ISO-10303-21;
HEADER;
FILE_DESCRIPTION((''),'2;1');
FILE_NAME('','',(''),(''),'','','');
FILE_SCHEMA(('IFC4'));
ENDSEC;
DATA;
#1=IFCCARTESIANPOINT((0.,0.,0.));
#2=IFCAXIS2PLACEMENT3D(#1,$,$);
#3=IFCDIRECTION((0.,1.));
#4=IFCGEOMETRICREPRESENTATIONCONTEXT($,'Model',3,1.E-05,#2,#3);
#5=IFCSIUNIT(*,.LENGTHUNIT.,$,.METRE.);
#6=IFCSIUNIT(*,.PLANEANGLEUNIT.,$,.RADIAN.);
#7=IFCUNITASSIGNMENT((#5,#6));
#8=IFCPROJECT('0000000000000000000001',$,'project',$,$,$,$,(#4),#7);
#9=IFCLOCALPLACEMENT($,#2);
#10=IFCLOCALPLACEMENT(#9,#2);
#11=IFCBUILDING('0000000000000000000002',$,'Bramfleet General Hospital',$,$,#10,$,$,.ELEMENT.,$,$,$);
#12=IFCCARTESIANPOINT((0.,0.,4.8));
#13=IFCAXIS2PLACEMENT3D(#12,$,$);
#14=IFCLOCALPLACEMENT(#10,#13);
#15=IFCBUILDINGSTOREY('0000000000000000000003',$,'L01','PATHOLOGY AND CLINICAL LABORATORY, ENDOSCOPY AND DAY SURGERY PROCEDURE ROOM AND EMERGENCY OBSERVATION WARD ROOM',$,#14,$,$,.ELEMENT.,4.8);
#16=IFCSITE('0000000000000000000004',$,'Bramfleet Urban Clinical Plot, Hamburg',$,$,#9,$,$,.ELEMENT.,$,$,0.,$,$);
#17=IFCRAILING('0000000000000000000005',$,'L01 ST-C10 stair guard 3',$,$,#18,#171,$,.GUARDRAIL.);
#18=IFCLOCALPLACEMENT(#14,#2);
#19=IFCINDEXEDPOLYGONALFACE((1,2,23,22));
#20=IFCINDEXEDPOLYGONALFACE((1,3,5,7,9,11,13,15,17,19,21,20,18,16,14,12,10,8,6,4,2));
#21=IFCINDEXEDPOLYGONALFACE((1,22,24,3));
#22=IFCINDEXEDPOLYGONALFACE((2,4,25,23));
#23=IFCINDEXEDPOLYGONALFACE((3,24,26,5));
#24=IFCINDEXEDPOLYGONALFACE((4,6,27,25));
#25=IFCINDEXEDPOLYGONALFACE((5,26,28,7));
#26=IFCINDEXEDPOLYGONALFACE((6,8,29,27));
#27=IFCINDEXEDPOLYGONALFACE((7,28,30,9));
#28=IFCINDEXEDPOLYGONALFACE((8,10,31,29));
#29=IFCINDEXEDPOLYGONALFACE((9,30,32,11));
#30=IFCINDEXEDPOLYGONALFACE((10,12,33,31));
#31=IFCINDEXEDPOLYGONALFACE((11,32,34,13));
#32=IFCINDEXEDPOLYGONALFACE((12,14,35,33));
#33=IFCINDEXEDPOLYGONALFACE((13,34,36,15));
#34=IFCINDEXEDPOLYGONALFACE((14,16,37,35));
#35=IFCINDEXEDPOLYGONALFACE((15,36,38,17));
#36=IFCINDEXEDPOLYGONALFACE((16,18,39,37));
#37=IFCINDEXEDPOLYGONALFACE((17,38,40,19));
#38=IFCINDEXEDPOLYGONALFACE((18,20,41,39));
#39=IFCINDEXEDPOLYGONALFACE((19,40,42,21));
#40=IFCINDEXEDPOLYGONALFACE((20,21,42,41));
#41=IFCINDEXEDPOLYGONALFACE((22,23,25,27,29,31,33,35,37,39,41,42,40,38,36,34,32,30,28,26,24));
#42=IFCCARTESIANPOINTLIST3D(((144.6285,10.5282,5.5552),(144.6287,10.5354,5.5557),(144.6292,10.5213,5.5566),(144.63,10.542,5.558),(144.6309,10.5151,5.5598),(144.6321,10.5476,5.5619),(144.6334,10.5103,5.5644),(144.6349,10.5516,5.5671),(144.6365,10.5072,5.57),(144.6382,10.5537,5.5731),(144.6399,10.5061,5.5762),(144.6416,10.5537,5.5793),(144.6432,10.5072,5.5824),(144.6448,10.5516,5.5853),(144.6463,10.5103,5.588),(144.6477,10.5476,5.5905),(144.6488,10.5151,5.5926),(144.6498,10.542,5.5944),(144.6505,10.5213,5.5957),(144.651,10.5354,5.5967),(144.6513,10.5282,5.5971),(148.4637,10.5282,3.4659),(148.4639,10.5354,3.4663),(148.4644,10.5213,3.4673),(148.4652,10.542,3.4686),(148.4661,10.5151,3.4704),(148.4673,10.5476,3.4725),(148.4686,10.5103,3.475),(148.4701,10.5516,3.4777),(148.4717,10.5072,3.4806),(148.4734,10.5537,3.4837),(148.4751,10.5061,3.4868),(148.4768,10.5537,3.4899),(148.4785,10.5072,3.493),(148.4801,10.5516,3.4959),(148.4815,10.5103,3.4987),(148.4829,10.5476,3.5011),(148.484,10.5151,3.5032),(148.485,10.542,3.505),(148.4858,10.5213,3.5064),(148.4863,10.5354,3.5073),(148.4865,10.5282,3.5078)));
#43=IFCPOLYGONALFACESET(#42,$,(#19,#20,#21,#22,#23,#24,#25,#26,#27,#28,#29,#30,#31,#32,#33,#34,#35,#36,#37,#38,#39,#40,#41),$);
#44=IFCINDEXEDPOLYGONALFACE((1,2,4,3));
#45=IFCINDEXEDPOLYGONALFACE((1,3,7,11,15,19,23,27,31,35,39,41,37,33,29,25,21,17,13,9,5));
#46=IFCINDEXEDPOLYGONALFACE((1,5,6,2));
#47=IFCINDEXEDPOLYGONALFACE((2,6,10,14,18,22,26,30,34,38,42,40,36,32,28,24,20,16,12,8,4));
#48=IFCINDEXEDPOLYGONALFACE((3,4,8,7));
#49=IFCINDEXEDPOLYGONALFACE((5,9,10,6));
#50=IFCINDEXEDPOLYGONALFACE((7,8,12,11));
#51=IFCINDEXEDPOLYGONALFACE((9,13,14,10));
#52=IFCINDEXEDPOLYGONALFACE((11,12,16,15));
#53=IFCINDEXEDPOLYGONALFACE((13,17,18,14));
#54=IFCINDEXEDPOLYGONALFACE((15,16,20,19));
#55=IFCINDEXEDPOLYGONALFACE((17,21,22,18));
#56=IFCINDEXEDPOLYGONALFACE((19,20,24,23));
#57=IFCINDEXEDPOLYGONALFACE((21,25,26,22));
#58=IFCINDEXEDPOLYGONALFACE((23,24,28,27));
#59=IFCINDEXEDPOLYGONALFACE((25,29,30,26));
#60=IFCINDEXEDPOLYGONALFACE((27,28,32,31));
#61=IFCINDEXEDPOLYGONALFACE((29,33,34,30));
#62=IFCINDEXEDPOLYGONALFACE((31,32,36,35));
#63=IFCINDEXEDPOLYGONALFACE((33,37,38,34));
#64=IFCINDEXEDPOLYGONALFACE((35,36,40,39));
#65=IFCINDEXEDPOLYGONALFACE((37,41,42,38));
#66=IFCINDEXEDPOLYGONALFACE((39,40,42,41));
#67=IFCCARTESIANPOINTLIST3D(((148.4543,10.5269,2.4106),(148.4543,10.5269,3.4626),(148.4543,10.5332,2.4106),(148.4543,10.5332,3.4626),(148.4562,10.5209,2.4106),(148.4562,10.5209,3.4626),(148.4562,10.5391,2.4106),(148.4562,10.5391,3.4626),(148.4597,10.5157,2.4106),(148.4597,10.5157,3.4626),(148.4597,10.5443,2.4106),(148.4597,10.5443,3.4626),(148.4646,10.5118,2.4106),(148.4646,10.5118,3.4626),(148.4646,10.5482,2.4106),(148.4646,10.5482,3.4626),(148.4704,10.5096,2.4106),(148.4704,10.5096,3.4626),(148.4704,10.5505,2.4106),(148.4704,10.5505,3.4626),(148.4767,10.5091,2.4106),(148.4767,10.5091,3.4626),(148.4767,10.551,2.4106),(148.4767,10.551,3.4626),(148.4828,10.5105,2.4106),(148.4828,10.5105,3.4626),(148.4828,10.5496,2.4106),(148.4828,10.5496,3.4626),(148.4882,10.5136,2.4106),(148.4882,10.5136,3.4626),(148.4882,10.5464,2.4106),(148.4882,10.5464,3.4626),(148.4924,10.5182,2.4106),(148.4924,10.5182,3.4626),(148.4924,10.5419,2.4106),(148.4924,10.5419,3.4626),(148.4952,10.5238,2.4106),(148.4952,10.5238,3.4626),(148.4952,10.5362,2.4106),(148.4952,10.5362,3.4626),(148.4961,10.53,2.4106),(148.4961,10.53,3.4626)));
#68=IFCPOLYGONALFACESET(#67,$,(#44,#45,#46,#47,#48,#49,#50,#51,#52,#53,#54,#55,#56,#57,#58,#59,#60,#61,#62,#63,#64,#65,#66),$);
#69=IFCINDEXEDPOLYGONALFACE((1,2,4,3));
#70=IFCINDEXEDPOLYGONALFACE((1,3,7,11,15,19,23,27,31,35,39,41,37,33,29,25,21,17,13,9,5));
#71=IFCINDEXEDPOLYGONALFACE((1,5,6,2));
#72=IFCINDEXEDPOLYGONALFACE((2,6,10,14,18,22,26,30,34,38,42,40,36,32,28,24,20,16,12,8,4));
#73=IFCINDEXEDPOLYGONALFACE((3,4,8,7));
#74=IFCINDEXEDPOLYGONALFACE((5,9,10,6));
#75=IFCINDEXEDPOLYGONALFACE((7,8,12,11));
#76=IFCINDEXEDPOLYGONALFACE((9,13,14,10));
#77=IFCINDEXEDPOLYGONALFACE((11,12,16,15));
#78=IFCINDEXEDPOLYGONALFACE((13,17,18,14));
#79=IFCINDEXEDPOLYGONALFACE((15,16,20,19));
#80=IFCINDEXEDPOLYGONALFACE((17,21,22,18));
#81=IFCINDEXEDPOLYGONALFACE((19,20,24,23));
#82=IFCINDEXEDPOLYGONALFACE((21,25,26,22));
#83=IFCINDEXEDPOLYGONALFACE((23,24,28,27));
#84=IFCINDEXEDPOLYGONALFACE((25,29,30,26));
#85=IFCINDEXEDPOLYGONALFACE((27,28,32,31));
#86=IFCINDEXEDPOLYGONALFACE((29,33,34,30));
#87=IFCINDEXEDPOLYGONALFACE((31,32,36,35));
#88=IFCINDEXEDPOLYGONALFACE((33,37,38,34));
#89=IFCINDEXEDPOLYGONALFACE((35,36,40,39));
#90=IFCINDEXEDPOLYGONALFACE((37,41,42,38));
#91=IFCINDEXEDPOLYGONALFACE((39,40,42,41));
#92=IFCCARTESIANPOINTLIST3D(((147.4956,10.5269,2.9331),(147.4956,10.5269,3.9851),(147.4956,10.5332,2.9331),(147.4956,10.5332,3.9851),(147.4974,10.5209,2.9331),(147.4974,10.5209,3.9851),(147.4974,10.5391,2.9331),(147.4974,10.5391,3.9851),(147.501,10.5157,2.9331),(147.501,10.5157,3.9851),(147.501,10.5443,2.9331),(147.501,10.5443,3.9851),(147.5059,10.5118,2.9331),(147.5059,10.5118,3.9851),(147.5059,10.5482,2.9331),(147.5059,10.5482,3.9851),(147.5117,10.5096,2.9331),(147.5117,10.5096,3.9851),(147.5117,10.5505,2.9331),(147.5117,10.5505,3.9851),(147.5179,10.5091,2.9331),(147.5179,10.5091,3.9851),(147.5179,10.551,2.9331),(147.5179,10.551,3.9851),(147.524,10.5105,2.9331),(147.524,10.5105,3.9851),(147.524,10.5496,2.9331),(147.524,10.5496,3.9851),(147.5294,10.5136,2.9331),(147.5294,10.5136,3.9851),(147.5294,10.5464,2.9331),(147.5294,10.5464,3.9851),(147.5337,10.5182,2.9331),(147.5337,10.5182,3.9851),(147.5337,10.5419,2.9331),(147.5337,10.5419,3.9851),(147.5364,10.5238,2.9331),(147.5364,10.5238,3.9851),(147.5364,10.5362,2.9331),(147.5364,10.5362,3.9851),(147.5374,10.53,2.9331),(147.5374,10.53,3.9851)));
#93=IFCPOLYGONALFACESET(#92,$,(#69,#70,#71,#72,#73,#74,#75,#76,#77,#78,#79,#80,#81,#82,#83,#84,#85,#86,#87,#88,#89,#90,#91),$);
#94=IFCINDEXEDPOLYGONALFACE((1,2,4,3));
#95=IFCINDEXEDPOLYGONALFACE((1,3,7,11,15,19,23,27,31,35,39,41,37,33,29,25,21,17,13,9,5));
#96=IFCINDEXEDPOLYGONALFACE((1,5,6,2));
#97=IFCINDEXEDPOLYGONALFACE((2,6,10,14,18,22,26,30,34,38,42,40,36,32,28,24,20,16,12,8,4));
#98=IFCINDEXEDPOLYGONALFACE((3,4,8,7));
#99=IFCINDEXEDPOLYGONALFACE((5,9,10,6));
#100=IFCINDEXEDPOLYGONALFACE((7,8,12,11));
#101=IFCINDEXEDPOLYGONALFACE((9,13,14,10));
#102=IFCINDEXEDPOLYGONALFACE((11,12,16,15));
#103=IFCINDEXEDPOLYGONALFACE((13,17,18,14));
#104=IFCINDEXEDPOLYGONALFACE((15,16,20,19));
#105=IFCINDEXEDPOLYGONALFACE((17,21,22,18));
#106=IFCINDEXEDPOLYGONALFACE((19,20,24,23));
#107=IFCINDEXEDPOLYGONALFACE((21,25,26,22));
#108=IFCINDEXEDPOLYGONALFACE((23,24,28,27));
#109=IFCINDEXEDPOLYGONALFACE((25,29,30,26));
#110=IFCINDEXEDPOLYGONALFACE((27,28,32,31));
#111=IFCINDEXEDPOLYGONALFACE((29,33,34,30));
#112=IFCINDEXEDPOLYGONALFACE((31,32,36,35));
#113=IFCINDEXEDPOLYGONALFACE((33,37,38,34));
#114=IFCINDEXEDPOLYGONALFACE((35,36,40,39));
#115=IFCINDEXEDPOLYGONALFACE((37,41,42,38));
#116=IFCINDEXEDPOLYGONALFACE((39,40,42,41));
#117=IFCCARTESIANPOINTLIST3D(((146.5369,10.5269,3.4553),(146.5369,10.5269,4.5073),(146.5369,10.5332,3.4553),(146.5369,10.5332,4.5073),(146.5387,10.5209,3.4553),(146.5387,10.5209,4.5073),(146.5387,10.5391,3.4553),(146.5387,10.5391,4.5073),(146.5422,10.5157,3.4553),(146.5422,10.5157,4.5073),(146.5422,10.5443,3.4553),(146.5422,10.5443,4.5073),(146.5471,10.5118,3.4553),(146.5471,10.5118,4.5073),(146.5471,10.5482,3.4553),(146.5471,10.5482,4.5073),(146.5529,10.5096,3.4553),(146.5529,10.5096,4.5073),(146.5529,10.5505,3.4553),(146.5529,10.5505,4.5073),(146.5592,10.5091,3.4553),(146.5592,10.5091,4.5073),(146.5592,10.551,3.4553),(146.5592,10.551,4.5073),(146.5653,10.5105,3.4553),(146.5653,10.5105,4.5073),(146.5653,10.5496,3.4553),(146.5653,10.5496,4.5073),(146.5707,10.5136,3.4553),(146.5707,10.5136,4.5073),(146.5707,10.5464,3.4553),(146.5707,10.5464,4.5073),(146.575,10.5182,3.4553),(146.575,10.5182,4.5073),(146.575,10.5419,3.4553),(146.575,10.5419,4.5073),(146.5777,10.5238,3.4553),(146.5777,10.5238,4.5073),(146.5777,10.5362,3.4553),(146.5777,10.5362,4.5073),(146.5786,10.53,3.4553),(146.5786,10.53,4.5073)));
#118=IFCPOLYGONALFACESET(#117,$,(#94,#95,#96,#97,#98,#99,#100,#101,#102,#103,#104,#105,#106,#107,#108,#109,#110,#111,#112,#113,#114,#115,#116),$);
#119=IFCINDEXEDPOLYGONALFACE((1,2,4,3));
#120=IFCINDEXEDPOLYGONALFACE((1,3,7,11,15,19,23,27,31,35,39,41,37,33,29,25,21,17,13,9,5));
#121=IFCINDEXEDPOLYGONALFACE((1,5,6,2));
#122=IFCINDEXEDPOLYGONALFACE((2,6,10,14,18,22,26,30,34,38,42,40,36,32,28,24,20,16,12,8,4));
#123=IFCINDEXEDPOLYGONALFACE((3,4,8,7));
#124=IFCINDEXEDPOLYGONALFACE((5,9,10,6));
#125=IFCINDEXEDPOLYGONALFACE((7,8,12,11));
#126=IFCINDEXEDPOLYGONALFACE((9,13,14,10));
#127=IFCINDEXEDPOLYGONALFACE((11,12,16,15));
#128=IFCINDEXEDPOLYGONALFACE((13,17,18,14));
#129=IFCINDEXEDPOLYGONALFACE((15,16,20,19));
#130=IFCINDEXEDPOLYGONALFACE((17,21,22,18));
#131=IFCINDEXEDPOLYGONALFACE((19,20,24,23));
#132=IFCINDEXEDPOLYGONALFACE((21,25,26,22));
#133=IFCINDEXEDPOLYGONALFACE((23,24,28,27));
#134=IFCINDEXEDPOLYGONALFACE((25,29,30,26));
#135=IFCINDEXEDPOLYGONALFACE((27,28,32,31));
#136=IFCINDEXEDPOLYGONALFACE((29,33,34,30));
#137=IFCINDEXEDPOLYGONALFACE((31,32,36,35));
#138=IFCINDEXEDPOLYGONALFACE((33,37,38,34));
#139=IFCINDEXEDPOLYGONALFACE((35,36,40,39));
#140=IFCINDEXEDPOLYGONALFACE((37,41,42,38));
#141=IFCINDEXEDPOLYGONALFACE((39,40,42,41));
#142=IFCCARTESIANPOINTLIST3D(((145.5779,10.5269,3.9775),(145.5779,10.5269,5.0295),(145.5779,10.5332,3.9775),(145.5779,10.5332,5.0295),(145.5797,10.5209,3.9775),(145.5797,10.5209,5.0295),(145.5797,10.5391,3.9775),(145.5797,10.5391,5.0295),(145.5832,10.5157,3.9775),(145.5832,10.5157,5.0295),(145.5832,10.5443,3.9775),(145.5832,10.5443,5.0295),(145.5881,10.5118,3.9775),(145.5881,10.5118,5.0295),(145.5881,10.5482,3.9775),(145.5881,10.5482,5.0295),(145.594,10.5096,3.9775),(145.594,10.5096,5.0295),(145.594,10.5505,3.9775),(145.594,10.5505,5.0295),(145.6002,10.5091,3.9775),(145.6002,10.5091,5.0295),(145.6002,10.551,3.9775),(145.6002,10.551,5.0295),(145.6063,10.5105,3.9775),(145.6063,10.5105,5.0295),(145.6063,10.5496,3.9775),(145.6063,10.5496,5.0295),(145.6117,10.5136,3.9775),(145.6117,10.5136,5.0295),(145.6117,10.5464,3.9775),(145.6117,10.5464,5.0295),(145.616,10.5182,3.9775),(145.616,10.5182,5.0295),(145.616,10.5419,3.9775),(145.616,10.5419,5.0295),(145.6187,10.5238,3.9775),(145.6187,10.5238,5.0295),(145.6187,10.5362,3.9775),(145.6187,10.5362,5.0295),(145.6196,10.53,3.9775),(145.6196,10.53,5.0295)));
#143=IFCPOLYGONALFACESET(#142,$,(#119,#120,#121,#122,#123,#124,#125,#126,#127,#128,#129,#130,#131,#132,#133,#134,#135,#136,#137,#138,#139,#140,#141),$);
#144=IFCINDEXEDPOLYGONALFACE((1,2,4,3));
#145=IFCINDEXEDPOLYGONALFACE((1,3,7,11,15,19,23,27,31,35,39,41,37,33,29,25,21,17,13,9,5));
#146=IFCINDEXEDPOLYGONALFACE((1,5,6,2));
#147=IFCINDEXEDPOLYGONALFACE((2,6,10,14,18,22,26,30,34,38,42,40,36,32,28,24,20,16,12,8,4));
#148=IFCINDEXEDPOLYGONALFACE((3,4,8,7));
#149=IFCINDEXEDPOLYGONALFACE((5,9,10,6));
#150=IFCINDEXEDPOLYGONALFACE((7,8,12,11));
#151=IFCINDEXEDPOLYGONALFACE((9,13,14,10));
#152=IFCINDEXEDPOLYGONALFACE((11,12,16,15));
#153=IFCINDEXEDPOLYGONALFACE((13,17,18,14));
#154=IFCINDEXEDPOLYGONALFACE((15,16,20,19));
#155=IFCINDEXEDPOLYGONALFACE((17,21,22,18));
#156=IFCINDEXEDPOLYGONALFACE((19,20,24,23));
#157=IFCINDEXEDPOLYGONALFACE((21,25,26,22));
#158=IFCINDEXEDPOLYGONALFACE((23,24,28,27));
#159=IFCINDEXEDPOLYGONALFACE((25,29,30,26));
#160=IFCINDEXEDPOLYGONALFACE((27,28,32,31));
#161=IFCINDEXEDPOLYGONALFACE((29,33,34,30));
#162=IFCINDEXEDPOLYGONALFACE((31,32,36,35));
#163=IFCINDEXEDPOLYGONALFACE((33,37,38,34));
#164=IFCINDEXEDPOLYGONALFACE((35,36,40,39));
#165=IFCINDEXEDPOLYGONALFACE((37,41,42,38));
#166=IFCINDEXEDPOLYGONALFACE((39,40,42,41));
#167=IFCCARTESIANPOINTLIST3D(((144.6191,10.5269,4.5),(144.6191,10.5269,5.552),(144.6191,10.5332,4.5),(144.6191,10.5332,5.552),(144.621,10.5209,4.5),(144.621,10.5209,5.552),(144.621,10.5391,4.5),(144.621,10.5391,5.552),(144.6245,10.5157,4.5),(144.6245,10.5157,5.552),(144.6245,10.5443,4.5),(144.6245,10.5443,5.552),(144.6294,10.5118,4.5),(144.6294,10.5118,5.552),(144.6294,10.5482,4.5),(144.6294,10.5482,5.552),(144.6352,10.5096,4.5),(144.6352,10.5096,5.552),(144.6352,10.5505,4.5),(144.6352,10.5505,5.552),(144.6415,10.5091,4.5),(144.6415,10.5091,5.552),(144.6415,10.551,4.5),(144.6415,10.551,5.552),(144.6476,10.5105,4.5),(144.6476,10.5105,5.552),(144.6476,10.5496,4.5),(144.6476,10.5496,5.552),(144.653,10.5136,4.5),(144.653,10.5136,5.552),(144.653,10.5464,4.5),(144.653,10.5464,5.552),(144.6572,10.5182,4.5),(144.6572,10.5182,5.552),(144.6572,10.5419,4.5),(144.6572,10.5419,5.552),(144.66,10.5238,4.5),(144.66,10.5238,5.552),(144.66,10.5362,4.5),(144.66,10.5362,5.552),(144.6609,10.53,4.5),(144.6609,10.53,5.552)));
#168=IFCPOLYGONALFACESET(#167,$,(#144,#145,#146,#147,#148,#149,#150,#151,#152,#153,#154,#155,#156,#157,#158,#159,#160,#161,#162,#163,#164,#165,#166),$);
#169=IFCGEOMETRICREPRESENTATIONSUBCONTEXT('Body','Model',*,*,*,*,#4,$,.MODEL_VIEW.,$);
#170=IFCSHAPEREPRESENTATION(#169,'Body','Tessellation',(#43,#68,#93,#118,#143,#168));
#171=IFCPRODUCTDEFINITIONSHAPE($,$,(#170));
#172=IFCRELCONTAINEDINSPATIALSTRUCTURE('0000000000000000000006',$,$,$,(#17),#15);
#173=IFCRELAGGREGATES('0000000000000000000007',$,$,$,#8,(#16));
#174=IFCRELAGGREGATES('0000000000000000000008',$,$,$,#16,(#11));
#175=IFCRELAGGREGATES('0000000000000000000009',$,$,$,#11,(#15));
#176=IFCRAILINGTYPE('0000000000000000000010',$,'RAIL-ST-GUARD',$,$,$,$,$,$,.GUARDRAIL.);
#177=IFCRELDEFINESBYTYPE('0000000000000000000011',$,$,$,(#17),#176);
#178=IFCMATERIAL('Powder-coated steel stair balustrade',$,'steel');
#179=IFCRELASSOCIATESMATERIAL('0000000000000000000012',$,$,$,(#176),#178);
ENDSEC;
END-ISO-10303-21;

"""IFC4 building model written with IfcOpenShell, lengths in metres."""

from ifc_helpers import new_model, si_unit, direction, frame, origin, origin_2d, place, context, subcontext, project, spatial, circle, extrude, material, type_object, element, save


model = new_model("IFC4")

# Units and contexts
model_context = context("Model", 3, precision=1e-05, world=origin(), true_north=direction((0.0, 1.0)))
body_context = subcontext(model_context, "Body", "Model", "MODEL_VIEW")
ifc_project = project(units=[si_unit("LENGTHUNIT", "METRE"), si_unit("PLANEANGLEUNIT", "RADIAN")], contexts=[model_context])

# Site, building, storey
site_placement = place(None, origin())
site = spatial("IfcSite", under=ifc_project, at=site_placement, Name="Bramfleet Urban Clinical Plot, Hamburg", CompositionType="ELEMENT", RefElevation=0.0)
building_placement = place(site_placement, origin())
building = spatial("IfcBuilding", under=site, at=building_placement, Name="Bramfleet General Hospital", CompositionType="ELEMENT")
storey_placement = place(building_placement, frame((0.0, 0.0, 4.8)))
storey = spatial("IfcBuildingStorey", under=building, at=storey_placement, Name="L01", Description="PATHOLOGY AND CLINICAL LABORATORY, ENDOSCOPY AND DAY SURGERY PROCEDURE ROOM AND EMERGENCY OBSERVATION WARD ROOM", CompositionType="ELEMENT", Elevation=4.8)

# Railing
ifc_material_1 = material(Name="Powder-coated steel stair balustrade", Category="steel")
railing_type_1 = type_object("IfcRailingType", Name="RAIL-ST-GUARD", PredefinedType="GUARDRAIL", material=ifc_material_1)
railing_1_placement = place(storey_placement, frame((148.4751, 10.53, 2.4106)))
element("IfcRailing", 1, at=railing_1_placement, inside=storey, type_object=railing_type_1, Name="L01 ST-C10 stair guard 3", PredefinedType="GUARDRAIL", context=body_context, shape_type="SweptSolid", body=[
    extrude(circle(Radius=0.0239, at=origin_2d()), frame((0.0, 0.0, 1.0762), z_axis=(-0.878143, 0.0, 0.478398), x_axis=(0.0, -1.0, 0.0)), (0.0, 0.0, 1.0), 4.3674),
    extrude(circle(Radius=0.021, at=origin_2d()), origin(), (0.0, 0.0, 1.0), 1.052),
    extrude(circle(Radius=0.021, at=origin_2d()), frame((-0.9587, 0.0, 0.5225)), (0.0, 0.0, 1.0), 1.052),
    extrude(circle(Radius=0.021, at=origin_2d()), frame((-1.9175, 0.0, 1.0447)), (0.0, 0.0, 1.0), 1.052),
    extrude(circle(Radius=0.021, at=origin_2d()), frame((-2.8765, 0.0, 1.5669)), (0.0, 0.0, 1.0), 1.052),
    extrude(circle(Radius=0.021, at=origin_2d()), frame((-3.8352, 0.0, 2.0894)), (0.0, 0.0, 1.0), 1.052),
])

save(model, "model.ifc")
